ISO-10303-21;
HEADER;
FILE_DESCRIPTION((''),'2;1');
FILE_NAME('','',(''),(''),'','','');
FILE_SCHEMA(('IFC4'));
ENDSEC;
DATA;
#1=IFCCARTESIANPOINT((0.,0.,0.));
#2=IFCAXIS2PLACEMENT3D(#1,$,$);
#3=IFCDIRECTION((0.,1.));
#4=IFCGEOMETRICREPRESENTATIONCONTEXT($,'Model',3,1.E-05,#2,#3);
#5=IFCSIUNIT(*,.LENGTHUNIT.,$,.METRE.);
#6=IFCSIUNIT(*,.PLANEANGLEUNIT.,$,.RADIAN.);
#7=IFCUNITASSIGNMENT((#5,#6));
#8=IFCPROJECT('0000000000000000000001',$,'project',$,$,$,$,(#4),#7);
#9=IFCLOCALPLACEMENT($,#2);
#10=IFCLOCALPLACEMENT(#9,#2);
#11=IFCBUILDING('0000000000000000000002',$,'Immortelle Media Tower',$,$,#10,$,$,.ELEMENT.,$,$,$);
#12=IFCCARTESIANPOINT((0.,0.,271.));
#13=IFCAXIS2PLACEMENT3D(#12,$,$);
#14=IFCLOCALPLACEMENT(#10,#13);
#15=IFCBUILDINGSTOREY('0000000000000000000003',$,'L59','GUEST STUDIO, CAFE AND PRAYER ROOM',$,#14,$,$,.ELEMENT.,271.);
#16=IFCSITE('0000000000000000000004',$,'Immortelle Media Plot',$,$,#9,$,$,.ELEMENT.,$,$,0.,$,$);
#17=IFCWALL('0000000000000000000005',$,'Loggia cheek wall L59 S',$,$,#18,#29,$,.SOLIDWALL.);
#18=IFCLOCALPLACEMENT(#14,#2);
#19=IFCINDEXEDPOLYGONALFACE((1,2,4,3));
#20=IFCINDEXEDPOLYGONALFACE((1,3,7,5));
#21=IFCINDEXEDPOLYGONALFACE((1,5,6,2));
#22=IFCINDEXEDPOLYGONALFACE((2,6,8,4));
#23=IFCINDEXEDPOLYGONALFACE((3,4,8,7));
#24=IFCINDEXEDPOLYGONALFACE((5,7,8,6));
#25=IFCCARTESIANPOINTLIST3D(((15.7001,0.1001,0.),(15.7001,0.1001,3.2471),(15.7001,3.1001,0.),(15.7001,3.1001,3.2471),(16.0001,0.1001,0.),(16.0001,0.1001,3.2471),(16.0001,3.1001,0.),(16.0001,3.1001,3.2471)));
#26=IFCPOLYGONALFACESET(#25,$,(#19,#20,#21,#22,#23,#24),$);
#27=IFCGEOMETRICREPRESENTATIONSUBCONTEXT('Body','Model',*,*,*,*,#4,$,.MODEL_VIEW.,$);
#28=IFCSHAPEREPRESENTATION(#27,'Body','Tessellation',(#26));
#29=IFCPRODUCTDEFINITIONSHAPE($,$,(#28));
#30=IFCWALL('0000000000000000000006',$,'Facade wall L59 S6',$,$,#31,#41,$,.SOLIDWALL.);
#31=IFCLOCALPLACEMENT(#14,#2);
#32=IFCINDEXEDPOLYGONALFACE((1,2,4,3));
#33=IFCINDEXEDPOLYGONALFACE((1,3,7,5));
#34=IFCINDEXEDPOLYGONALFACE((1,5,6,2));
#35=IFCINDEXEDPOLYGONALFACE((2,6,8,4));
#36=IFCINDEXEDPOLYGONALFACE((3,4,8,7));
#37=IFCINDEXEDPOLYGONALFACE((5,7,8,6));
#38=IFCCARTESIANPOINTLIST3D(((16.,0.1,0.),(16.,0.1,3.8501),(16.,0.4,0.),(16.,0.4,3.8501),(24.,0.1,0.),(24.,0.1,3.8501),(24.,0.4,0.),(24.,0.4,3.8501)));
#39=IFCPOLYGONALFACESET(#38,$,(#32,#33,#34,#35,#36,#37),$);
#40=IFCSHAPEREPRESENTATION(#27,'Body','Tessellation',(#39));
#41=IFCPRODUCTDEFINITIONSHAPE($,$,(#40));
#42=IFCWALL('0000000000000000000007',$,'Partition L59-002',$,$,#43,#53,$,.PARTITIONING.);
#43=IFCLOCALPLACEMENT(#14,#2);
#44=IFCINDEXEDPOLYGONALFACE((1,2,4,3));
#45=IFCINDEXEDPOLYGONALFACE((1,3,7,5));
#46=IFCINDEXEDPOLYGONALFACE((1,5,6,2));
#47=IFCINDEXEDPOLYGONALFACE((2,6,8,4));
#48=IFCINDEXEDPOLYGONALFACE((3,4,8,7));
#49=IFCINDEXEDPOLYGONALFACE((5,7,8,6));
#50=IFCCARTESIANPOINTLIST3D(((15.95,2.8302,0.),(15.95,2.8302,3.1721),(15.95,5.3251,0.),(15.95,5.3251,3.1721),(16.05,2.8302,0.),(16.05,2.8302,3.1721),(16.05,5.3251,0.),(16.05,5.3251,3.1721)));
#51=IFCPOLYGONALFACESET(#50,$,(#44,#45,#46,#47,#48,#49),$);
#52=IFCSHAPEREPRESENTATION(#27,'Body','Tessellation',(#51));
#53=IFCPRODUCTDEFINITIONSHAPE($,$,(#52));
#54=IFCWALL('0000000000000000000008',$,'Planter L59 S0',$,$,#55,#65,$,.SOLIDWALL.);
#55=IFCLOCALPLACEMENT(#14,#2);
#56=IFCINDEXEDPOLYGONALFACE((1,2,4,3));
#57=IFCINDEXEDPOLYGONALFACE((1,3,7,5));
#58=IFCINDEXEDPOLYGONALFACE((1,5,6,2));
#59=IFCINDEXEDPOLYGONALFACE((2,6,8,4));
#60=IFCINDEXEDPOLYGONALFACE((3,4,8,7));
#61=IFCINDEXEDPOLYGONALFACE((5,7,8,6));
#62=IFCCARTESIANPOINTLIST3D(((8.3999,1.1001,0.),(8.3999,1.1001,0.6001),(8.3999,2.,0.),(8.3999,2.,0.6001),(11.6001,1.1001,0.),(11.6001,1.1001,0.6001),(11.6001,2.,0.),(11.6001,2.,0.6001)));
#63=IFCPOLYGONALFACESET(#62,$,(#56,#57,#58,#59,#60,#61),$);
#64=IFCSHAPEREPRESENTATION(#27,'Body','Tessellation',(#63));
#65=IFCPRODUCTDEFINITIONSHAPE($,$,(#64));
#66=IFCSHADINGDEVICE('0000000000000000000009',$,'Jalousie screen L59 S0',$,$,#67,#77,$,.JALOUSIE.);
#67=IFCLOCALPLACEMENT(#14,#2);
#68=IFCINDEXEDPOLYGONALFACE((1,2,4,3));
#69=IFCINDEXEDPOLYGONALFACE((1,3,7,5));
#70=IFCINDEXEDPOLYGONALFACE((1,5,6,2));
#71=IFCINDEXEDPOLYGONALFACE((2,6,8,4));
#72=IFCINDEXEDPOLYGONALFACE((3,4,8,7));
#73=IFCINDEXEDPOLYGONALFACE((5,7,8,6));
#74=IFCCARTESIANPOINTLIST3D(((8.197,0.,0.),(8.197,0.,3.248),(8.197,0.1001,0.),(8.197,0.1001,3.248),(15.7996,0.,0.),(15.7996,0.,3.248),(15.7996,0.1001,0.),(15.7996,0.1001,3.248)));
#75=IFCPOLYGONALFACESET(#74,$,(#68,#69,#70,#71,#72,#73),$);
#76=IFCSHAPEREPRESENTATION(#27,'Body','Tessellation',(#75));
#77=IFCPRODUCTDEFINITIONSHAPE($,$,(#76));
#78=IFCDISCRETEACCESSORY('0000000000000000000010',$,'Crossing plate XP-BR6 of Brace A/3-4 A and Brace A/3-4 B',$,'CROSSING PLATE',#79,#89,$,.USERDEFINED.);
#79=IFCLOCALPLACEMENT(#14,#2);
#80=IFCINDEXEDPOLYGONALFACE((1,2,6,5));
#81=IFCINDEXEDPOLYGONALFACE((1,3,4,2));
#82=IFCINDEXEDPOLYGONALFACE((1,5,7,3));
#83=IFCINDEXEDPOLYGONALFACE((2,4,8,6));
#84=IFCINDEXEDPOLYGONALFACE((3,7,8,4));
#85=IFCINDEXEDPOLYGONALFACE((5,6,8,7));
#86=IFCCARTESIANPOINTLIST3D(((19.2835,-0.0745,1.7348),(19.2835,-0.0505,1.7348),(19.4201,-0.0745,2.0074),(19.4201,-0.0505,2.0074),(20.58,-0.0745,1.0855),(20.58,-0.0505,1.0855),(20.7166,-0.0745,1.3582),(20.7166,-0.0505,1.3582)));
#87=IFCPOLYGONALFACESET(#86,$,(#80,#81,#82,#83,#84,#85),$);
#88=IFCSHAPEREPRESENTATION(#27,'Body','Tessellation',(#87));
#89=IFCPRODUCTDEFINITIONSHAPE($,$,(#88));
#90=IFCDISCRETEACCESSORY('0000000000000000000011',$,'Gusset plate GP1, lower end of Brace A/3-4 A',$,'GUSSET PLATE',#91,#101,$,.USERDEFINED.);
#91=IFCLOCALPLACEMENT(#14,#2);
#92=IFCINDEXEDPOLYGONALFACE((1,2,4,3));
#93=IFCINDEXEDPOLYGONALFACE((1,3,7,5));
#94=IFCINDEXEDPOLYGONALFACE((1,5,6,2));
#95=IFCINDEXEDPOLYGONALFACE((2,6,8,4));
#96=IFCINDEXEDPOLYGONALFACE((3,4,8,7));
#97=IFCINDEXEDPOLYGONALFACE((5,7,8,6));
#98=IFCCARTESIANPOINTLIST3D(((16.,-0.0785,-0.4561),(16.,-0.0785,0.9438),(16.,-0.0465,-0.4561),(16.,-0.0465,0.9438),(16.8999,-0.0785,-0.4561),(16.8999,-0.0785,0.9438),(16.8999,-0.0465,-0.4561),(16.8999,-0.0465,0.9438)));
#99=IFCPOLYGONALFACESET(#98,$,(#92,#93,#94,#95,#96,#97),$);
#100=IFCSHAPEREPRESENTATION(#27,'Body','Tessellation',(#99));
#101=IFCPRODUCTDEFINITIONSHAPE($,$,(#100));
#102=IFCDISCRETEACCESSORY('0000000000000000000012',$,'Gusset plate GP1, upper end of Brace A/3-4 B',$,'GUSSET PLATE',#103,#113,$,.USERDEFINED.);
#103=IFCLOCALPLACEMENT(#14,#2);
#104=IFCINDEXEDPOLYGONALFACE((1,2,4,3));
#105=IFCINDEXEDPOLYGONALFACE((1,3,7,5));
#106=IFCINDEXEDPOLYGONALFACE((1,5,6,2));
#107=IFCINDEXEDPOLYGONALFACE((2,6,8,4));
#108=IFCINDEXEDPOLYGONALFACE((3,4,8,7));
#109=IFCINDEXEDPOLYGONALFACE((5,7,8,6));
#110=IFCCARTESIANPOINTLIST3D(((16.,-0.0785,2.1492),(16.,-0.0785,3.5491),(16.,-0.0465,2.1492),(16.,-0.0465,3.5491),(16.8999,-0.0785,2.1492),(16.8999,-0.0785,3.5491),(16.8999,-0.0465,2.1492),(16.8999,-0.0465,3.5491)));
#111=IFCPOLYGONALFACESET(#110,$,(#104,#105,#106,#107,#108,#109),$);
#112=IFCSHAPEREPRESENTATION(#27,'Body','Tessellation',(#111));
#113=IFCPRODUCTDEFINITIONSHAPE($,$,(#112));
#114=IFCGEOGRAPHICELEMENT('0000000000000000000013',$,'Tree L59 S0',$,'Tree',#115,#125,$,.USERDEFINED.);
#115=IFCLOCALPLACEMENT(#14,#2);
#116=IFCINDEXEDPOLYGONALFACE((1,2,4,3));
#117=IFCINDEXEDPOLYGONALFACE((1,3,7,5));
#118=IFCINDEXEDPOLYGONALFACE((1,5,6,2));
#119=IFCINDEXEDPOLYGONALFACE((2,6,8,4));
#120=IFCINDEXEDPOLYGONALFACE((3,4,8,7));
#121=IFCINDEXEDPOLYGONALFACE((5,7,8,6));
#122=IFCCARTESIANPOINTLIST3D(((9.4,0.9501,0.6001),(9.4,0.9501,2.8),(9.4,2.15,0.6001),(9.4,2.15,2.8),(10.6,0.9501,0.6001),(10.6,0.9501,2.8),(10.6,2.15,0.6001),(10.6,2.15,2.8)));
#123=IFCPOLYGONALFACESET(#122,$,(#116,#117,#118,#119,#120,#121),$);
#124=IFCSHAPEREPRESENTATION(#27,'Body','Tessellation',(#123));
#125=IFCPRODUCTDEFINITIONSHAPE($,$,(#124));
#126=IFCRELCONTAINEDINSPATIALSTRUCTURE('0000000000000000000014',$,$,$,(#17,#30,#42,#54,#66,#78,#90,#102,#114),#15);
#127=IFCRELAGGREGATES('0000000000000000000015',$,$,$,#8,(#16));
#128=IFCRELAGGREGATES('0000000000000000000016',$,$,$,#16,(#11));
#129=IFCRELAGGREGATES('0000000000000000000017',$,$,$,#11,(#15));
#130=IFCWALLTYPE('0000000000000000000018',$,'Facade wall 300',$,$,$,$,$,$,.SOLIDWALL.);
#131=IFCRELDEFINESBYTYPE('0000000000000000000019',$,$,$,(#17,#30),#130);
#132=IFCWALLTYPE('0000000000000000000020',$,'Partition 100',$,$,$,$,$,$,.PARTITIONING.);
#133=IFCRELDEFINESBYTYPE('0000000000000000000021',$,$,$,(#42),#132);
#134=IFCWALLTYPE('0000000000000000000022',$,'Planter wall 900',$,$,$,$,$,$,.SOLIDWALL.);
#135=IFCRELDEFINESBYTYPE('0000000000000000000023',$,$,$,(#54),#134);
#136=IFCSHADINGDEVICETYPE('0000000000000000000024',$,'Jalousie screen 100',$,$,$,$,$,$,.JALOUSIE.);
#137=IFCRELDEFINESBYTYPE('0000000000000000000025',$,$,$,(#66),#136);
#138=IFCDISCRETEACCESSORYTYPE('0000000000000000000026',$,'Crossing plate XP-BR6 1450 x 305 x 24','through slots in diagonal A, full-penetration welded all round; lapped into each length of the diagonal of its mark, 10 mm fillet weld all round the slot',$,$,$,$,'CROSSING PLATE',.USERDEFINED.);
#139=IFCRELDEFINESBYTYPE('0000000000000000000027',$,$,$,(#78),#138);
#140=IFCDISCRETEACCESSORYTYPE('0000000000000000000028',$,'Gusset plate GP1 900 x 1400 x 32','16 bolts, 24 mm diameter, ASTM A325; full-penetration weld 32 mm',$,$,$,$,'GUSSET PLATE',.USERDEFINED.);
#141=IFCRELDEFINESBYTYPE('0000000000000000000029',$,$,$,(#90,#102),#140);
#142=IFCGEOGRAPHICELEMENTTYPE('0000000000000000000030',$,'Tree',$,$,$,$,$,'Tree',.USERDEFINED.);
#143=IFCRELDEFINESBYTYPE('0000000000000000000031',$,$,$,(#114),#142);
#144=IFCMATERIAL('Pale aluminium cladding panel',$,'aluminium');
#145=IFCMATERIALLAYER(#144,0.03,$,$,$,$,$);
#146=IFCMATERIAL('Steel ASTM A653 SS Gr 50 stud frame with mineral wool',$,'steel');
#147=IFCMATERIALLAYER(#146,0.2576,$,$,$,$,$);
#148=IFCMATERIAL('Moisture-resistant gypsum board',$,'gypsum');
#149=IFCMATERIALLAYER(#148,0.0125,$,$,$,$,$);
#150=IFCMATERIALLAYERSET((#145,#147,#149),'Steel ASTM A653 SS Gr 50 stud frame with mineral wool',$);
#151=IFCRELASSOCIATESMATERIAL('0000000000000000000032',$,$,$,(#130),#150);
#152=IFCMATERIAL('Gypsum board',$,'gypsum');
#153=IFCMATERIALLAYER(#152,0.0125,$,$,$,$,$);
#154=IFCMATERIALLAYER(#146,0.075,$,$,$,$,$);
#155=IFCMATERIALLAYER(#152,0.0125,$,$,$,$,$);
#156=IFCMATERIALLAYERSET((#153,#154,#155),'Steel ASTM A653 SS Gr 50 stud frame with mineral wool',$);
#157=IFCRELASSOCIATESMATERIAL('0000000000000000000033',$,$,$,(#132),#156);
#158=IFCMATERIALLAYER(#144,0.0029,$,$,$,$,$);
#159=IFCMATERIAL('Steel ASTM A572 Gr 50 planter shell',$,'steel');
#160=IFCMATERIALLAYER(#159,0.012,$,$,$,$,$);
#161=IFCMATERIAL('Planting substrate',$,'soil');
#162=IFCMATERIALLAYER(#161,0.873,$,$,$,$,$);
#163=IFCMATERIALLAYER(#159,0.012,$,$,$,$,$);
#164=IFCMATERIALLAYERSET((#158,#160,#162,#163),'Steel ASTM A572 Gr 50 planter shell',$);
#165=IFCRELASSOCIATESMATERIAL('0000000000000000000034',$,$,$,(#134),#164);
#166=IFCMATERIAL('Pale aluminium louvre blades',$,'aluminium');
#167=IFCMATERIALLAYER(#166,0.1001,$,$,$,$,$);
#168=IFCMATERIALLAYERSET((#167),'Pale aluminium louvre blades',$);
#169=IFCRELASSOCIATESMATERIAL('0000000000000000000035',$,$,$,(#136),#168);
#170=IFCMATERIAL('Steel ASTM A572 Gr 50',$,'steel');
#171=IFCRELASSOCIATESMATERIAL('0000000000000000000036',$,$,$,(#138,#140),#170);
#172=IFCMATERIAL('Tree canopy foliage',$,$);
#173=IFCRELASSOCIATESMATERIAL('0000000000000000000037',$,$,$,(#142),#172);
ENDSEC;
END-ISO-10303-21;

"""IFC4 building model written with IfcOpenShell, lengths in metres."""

from ifc_helpers import new_model, si_unit, direction, frame, frame_2d, origin, origin_2d, place, context, subcontext, project, spatial, rectangle, extrude, material, layer, layer_set, material_profile, profile_set, type_object, element, save


model = new_model("IFC4")

# Units and contexts
model_context = context("Model", 3, precision=1e-05, world=origin(), true_north=direction((0.0, 1.0)))
body_context = subcontext(model_context, "Body", "Model", "MODEL_VIEW")
ifc_project = project(units=[si_unit("LENGTHUNIT", "METRE"), si_unit("PLANEANGLEUNIT", "RADIAN")], contexts=[model_context])

# Site, building, storey
site_placement = place(None, origin())
site = spatial("IfcSite", under=ifc_project, at=site_placement, Name="Immortelle Media Plot", CompositionType="ELEMENT", RefElevation=0.0)
building_placement = place(site_placement, origin())
building = spatial("IfcBuilding", under=site, at=building_placement, Name="Immortelle Media Tower", CompositionType="ELEMENT")
storey_placement = place(building_placement, frame((0.0, 0.0, 271.0)))
storey = spatial("IfcBuildingStorey", under=building, at=storey_placement, Name="L59", Description="GUEST STUDIO, CAFE AND PRAYER ROOM", CompositionType="ELEMENT", Elevation=271.0)

# Walls
ifc_material_1 = material(Name="Pale aluminium cladding panel", Category="aluminium")
ifc_layer_1 = layer(ifc_material_1, 0.03)
ifc_material_2 = material(Name="Steel ASTM A653 SS Gr 50 stud frame with mineral wool", Category="steel")
ifc_layer_2 = layer(ifc_material_2, 0.2576)
ifc_material_3 = material(Name="Moisture-resistant gypsum board", Category="gypsum")
ifc_layer_3 = layer(ifc_material_3, 0.0125)
ifc_layer_set_1 = layer_set([ifc_layer_1, ifc_layer_2, ifc_layer_3], Name="Steel ASTM A653 SS Gr 50 stud frame with mineral wool")
wall_type_1 = type_object("IfcWallType", Name="Facade wall 300", PredefinedType="SOLIDWALL", material=ifc_layer_set_1)
wall_1_placement = place(storey_placement, frame((15.8501, 0.1001, 0.0), z_axis=(0.0, 0.0, 1.0), x_axis=(0.0, 1.0, 0.0)))
element("IfcWall", 1, at=wall_1_placement, inside=storey, type_object=wall_type_1, Name="Loggia cheek wall L59 S", PredefinedType="SOLIDWALL", context=body_context, shape_type="SweptSolid", body=[
    extrude(rectangle(XDim=3.0, YDim=0.3, at=frame_2d((1.5, 0.0))), origin(), (0.0, 0.0, 1.0), 3.2471),
])
wall_2_placement = place(storey_placement, frame((16.0, 0.25, 0.0), z_axis=(0.0, 0.0, 1.0), x_axis=(1.0, 0.0, 0.0)))
element("IfcWall", 2, at=wall_2_placement, inside=storey, type_object=wall_type_1, Name="Facade wall L59 S6", PredefinedType="SOLIDWALL", context=body_context, shape_type="SweptSolid", body=[
    extrude(rectangle(XDim=8.0, YDim=0.3, at=frame_2d((4.0, 0.0))), origin(), (0.0, 0.0, 1.0), 3.8501),
])
ifc_material_4 = material(Name="Gypsum board", Category="gypsum")
ifc_layer_4 = layer(ifc_material_4, 0.0125)
ifc_layer_5 = layer(ifc_material_2, 0.075)
ifc_layer_6 = layer(ifc_material_4, 0.0125)
ifc_layer_set_2 = layer_set([ifc_layer_4, ifc_layer_5, ifc_layer_6], Name="Steel ASTM A653 SS Gr 50 stud frame with mineral wool")
wall_type_2 = type_object("IfcWallType", Name="Partition 100", PredefinedType="PARTITIONING", material=ifc_layer_set_2)
wall_3_placement = place(storey_placement, frame((16.0, 2.8301, 0.0), z_axis=(0.0, 0.0, 1.0), x_axis=(0.0, 1.0, 0.0)))
element("IfcWall", 3, at=wall_3_placement, inside=storey, type_object=wall_type_2, Name="Partition L59-002", PredefinedType="PARTITIONING", context=body_context, shape_type="SweptSolid", body=[
    extrude(rectangle(XDim=2.4949, YDim=0.1001, at=frame_2d((1.2476, 0.0))), origin(), (0.0, 0.0, 1.0), 3.1721),
])
ifc_layer_7 = layer(ifc_material_1, 0.0029)
ifc_material_5 = material(Name="Steel ASTM A572 Gr 50 planter shell", Category="steel")
ifc_layer_8 = layer(ifc_material_5, 0.012)
ifc_material_6 = material(Name="Planting substrate", Category="soil")
ifc_layer_9 = layer(ifc_material_6, 0.873)
ifc_layer_10 = layer(ifc_material_5, 0.012)
ifc_layer_set_3 = layer_set([ifc_layer_7, ifc_layer_8, ifc_layer_9, ifc_layer_10], Name="Steel ASTM A572 Gr 50 planter shell")
wall_type_3 = type_object("IfcWallType", Name="Planter wall 900", PredefinedType="SOLIDWALL", material=ifc_layer_set_3)
wall_4_placement = place(storey_placement, frame((8.3999, 1.55, 0.0), z_axis=(0.0, 0.0, 1.0), x_axis=(1.0, 0.0, 0.0)))
element("IfcWall", 4, at=wall_4_placement, inside=storey, type_object=wall_type_3, Name="Planter L59 S0", PredefinedType="SOLIDWALL", context=body_context, shape_type="SweptSolid", body=[
    extrude(rectangle(XDim=3.2002, YDim=0.8999, at=frame_2d((1.6001, 0.0))), origin(), (0.0, 0.0, 1.0), 0.6001),
])

# Shading device
ifc_material_7 = material(Name="Pale aluminium louvre blades", Category="aluminium")
ifc_layer_11 = layer(ifc_material_7, 0.1001)
ifc_layer_set_4 = layer_set([ifc_layer_11], Name="Pale aluminium louvre blades")
shading_device_type = type_object("IfcShadingDeviceType", Name="Jalousie screen 100", PredefinedType="JALOUSIE", material=ifc_layer_set_4)
shading_device_placement = place(storey_placement, frame((11.9983, 0.05, 0.0), z_axis=(0.0, 0.0, 1.0), x_axis=(1.0, 0.0, 0.0)))
element("IfcShadingDevice", 5, at=shading_device_placement, inside=storey, type_object=shading_device_type, Name="Jalousie screen L59 S0", PredefinedType="JALOUSIE", context=body_context, shape_type="SweptSolid", body=[
    extrude(rectangle(XDim=7.6025, YDim=0.1001, at=origin_2d()), origin(), (0.0, 0.0, 1.0), 3.248),
])

# Discrete accessories
ifc_material_8 = material(Name="Steel ASTM A572 Gr 50", Category="steel")
ifc_material_profile_1 = material_profile(ifc_material_8, rectangle(XDim=0.0239, YDim=0.3049, at=origin_2d()), Name="PL 24 x 305")
ifc_profile_set_1 = profile_set([ifc_material_profile_1], Name="Steel ASTM A572 Gr 50")
discrete_accessory_type_1 = type_object("IfcDiscreteAccessoryType", Name="Crossing plate XP-BR6 1450 x 305 x 24", Description="through slots in diagonal A, full-penetration welded all round; lapped into each length of the diagonal of its mark, 10 mm fillet weld all round the slot", ElementType="CROSSING PLATE", PredefinedType="USERDEFINED", material=ifc_profile_set_1)
discrete_accessory_placement = place(storey_placement, frame((19.3518, -0.0625, 1.8711), z_axis=(0.894158, 0.0, -0.447752), x_axis=(0.0, 1.0, 0.0)))
element("IfcDiscreteAccessory", 6, at=discrete_accessory_placement, inside=storey, type_object=discrete_accessory_type_1, Name="Crossing plate XP-BR6 of Brace A/3-4 A and Brace A/3-4 B", ObjectType="CROSSING PLATE", PredefinedType="USERDEFINED", context=body_context, shape_type="SweptSolid", body=[
    extrude(rectangle(XDim=0.0239, YDim=0.3049, at=origin_2d()), origin(), (0.0, 0.0, 1.0), 1.45),
])
ifc_material_profile_2 = material_profile(ifc_material_8, rectangle(XDim=0.032, YDim=1.3999, at=origin_2d()), Name="PL 32 x 1400")
ifc_profile_set_2 = profile_set([ifc_material_profile_2], Name="Steel ASTM A572 Gr 50")
discrete_accessory_type_2 = type_object("IfcDiscreteAccessoryType", Name="Gusset plate GP1 900 x 1400 x 32", Description="16 bolts, 24 mm diameter, ASTM A325; full-penetration weld 32 mm", ElementType="GUSSET PLATE", PredefinedType="USERDEFINED", material=ifc_profile_set_2)
for number, where, z_axis, x_axis, name in (
    (7, (16.0, -0.0625, 0.2439), (1.0, 0.0, 0.0), (0.0, 1.0, 0.0), "Gusset plate GP1, lower end of Brace A/3-4 A"),
    (8, (16.0, -0.0625, 2.8491), (1.0, 0.0, 0.0), (0.0, 1.0, 0.0), "Gusset plate GP1, upper end of Brace A/3-4 B"),
):
    element("IfcDiscreteAccessory", number, at=place(storey_placement, frame(where, z_axis=z_axis, x_axis=x_axis)), inside=storey, type_object=discrete_accessory_type_2, Name=name, ObjectType="GUSSET PLATE", PredefinedType="USERDEFINED", context=body_context, shape_type="SweptSolid", body=[
        extrude(rectangle(XDim=0.032, YDim=1.3999, at=origin_2d()), origin(), (0.0, 0.0, 1.0), 0.8999),
    ])

# Geographic element
ifc_material_9 = material(Name="Tree canopy foliage")
geographic_element_type = type_object("IfcGeographicElementType", Name="Tree", ElementType="Tree", PredefinedType="USERDEFINED", material=ifc_material_9)
geographic_element_placement = place(storey_placement, frame((10.0, 1.55, 0.6001), z_axis=(0.0, 0.0, 1.0), x_axis=(1.0, 0.0, 0.0)))
element("IfcGeographicElement", 9, at=geographic_element_placement, inside=storey, type_object=geographic_element_type, Name="Tree L59 S0", ObjectType="Tree", PredefinedType="USERDEFINED", context=body_context, shape_type="SweptSolid", body=[
    extrude(rectangle(XDim=1.2, YDim=1.2, at=origin_2d()), origin(), (0.0, 0.0, 1.0), 2.2),
])

save(model, "model.ifc")
